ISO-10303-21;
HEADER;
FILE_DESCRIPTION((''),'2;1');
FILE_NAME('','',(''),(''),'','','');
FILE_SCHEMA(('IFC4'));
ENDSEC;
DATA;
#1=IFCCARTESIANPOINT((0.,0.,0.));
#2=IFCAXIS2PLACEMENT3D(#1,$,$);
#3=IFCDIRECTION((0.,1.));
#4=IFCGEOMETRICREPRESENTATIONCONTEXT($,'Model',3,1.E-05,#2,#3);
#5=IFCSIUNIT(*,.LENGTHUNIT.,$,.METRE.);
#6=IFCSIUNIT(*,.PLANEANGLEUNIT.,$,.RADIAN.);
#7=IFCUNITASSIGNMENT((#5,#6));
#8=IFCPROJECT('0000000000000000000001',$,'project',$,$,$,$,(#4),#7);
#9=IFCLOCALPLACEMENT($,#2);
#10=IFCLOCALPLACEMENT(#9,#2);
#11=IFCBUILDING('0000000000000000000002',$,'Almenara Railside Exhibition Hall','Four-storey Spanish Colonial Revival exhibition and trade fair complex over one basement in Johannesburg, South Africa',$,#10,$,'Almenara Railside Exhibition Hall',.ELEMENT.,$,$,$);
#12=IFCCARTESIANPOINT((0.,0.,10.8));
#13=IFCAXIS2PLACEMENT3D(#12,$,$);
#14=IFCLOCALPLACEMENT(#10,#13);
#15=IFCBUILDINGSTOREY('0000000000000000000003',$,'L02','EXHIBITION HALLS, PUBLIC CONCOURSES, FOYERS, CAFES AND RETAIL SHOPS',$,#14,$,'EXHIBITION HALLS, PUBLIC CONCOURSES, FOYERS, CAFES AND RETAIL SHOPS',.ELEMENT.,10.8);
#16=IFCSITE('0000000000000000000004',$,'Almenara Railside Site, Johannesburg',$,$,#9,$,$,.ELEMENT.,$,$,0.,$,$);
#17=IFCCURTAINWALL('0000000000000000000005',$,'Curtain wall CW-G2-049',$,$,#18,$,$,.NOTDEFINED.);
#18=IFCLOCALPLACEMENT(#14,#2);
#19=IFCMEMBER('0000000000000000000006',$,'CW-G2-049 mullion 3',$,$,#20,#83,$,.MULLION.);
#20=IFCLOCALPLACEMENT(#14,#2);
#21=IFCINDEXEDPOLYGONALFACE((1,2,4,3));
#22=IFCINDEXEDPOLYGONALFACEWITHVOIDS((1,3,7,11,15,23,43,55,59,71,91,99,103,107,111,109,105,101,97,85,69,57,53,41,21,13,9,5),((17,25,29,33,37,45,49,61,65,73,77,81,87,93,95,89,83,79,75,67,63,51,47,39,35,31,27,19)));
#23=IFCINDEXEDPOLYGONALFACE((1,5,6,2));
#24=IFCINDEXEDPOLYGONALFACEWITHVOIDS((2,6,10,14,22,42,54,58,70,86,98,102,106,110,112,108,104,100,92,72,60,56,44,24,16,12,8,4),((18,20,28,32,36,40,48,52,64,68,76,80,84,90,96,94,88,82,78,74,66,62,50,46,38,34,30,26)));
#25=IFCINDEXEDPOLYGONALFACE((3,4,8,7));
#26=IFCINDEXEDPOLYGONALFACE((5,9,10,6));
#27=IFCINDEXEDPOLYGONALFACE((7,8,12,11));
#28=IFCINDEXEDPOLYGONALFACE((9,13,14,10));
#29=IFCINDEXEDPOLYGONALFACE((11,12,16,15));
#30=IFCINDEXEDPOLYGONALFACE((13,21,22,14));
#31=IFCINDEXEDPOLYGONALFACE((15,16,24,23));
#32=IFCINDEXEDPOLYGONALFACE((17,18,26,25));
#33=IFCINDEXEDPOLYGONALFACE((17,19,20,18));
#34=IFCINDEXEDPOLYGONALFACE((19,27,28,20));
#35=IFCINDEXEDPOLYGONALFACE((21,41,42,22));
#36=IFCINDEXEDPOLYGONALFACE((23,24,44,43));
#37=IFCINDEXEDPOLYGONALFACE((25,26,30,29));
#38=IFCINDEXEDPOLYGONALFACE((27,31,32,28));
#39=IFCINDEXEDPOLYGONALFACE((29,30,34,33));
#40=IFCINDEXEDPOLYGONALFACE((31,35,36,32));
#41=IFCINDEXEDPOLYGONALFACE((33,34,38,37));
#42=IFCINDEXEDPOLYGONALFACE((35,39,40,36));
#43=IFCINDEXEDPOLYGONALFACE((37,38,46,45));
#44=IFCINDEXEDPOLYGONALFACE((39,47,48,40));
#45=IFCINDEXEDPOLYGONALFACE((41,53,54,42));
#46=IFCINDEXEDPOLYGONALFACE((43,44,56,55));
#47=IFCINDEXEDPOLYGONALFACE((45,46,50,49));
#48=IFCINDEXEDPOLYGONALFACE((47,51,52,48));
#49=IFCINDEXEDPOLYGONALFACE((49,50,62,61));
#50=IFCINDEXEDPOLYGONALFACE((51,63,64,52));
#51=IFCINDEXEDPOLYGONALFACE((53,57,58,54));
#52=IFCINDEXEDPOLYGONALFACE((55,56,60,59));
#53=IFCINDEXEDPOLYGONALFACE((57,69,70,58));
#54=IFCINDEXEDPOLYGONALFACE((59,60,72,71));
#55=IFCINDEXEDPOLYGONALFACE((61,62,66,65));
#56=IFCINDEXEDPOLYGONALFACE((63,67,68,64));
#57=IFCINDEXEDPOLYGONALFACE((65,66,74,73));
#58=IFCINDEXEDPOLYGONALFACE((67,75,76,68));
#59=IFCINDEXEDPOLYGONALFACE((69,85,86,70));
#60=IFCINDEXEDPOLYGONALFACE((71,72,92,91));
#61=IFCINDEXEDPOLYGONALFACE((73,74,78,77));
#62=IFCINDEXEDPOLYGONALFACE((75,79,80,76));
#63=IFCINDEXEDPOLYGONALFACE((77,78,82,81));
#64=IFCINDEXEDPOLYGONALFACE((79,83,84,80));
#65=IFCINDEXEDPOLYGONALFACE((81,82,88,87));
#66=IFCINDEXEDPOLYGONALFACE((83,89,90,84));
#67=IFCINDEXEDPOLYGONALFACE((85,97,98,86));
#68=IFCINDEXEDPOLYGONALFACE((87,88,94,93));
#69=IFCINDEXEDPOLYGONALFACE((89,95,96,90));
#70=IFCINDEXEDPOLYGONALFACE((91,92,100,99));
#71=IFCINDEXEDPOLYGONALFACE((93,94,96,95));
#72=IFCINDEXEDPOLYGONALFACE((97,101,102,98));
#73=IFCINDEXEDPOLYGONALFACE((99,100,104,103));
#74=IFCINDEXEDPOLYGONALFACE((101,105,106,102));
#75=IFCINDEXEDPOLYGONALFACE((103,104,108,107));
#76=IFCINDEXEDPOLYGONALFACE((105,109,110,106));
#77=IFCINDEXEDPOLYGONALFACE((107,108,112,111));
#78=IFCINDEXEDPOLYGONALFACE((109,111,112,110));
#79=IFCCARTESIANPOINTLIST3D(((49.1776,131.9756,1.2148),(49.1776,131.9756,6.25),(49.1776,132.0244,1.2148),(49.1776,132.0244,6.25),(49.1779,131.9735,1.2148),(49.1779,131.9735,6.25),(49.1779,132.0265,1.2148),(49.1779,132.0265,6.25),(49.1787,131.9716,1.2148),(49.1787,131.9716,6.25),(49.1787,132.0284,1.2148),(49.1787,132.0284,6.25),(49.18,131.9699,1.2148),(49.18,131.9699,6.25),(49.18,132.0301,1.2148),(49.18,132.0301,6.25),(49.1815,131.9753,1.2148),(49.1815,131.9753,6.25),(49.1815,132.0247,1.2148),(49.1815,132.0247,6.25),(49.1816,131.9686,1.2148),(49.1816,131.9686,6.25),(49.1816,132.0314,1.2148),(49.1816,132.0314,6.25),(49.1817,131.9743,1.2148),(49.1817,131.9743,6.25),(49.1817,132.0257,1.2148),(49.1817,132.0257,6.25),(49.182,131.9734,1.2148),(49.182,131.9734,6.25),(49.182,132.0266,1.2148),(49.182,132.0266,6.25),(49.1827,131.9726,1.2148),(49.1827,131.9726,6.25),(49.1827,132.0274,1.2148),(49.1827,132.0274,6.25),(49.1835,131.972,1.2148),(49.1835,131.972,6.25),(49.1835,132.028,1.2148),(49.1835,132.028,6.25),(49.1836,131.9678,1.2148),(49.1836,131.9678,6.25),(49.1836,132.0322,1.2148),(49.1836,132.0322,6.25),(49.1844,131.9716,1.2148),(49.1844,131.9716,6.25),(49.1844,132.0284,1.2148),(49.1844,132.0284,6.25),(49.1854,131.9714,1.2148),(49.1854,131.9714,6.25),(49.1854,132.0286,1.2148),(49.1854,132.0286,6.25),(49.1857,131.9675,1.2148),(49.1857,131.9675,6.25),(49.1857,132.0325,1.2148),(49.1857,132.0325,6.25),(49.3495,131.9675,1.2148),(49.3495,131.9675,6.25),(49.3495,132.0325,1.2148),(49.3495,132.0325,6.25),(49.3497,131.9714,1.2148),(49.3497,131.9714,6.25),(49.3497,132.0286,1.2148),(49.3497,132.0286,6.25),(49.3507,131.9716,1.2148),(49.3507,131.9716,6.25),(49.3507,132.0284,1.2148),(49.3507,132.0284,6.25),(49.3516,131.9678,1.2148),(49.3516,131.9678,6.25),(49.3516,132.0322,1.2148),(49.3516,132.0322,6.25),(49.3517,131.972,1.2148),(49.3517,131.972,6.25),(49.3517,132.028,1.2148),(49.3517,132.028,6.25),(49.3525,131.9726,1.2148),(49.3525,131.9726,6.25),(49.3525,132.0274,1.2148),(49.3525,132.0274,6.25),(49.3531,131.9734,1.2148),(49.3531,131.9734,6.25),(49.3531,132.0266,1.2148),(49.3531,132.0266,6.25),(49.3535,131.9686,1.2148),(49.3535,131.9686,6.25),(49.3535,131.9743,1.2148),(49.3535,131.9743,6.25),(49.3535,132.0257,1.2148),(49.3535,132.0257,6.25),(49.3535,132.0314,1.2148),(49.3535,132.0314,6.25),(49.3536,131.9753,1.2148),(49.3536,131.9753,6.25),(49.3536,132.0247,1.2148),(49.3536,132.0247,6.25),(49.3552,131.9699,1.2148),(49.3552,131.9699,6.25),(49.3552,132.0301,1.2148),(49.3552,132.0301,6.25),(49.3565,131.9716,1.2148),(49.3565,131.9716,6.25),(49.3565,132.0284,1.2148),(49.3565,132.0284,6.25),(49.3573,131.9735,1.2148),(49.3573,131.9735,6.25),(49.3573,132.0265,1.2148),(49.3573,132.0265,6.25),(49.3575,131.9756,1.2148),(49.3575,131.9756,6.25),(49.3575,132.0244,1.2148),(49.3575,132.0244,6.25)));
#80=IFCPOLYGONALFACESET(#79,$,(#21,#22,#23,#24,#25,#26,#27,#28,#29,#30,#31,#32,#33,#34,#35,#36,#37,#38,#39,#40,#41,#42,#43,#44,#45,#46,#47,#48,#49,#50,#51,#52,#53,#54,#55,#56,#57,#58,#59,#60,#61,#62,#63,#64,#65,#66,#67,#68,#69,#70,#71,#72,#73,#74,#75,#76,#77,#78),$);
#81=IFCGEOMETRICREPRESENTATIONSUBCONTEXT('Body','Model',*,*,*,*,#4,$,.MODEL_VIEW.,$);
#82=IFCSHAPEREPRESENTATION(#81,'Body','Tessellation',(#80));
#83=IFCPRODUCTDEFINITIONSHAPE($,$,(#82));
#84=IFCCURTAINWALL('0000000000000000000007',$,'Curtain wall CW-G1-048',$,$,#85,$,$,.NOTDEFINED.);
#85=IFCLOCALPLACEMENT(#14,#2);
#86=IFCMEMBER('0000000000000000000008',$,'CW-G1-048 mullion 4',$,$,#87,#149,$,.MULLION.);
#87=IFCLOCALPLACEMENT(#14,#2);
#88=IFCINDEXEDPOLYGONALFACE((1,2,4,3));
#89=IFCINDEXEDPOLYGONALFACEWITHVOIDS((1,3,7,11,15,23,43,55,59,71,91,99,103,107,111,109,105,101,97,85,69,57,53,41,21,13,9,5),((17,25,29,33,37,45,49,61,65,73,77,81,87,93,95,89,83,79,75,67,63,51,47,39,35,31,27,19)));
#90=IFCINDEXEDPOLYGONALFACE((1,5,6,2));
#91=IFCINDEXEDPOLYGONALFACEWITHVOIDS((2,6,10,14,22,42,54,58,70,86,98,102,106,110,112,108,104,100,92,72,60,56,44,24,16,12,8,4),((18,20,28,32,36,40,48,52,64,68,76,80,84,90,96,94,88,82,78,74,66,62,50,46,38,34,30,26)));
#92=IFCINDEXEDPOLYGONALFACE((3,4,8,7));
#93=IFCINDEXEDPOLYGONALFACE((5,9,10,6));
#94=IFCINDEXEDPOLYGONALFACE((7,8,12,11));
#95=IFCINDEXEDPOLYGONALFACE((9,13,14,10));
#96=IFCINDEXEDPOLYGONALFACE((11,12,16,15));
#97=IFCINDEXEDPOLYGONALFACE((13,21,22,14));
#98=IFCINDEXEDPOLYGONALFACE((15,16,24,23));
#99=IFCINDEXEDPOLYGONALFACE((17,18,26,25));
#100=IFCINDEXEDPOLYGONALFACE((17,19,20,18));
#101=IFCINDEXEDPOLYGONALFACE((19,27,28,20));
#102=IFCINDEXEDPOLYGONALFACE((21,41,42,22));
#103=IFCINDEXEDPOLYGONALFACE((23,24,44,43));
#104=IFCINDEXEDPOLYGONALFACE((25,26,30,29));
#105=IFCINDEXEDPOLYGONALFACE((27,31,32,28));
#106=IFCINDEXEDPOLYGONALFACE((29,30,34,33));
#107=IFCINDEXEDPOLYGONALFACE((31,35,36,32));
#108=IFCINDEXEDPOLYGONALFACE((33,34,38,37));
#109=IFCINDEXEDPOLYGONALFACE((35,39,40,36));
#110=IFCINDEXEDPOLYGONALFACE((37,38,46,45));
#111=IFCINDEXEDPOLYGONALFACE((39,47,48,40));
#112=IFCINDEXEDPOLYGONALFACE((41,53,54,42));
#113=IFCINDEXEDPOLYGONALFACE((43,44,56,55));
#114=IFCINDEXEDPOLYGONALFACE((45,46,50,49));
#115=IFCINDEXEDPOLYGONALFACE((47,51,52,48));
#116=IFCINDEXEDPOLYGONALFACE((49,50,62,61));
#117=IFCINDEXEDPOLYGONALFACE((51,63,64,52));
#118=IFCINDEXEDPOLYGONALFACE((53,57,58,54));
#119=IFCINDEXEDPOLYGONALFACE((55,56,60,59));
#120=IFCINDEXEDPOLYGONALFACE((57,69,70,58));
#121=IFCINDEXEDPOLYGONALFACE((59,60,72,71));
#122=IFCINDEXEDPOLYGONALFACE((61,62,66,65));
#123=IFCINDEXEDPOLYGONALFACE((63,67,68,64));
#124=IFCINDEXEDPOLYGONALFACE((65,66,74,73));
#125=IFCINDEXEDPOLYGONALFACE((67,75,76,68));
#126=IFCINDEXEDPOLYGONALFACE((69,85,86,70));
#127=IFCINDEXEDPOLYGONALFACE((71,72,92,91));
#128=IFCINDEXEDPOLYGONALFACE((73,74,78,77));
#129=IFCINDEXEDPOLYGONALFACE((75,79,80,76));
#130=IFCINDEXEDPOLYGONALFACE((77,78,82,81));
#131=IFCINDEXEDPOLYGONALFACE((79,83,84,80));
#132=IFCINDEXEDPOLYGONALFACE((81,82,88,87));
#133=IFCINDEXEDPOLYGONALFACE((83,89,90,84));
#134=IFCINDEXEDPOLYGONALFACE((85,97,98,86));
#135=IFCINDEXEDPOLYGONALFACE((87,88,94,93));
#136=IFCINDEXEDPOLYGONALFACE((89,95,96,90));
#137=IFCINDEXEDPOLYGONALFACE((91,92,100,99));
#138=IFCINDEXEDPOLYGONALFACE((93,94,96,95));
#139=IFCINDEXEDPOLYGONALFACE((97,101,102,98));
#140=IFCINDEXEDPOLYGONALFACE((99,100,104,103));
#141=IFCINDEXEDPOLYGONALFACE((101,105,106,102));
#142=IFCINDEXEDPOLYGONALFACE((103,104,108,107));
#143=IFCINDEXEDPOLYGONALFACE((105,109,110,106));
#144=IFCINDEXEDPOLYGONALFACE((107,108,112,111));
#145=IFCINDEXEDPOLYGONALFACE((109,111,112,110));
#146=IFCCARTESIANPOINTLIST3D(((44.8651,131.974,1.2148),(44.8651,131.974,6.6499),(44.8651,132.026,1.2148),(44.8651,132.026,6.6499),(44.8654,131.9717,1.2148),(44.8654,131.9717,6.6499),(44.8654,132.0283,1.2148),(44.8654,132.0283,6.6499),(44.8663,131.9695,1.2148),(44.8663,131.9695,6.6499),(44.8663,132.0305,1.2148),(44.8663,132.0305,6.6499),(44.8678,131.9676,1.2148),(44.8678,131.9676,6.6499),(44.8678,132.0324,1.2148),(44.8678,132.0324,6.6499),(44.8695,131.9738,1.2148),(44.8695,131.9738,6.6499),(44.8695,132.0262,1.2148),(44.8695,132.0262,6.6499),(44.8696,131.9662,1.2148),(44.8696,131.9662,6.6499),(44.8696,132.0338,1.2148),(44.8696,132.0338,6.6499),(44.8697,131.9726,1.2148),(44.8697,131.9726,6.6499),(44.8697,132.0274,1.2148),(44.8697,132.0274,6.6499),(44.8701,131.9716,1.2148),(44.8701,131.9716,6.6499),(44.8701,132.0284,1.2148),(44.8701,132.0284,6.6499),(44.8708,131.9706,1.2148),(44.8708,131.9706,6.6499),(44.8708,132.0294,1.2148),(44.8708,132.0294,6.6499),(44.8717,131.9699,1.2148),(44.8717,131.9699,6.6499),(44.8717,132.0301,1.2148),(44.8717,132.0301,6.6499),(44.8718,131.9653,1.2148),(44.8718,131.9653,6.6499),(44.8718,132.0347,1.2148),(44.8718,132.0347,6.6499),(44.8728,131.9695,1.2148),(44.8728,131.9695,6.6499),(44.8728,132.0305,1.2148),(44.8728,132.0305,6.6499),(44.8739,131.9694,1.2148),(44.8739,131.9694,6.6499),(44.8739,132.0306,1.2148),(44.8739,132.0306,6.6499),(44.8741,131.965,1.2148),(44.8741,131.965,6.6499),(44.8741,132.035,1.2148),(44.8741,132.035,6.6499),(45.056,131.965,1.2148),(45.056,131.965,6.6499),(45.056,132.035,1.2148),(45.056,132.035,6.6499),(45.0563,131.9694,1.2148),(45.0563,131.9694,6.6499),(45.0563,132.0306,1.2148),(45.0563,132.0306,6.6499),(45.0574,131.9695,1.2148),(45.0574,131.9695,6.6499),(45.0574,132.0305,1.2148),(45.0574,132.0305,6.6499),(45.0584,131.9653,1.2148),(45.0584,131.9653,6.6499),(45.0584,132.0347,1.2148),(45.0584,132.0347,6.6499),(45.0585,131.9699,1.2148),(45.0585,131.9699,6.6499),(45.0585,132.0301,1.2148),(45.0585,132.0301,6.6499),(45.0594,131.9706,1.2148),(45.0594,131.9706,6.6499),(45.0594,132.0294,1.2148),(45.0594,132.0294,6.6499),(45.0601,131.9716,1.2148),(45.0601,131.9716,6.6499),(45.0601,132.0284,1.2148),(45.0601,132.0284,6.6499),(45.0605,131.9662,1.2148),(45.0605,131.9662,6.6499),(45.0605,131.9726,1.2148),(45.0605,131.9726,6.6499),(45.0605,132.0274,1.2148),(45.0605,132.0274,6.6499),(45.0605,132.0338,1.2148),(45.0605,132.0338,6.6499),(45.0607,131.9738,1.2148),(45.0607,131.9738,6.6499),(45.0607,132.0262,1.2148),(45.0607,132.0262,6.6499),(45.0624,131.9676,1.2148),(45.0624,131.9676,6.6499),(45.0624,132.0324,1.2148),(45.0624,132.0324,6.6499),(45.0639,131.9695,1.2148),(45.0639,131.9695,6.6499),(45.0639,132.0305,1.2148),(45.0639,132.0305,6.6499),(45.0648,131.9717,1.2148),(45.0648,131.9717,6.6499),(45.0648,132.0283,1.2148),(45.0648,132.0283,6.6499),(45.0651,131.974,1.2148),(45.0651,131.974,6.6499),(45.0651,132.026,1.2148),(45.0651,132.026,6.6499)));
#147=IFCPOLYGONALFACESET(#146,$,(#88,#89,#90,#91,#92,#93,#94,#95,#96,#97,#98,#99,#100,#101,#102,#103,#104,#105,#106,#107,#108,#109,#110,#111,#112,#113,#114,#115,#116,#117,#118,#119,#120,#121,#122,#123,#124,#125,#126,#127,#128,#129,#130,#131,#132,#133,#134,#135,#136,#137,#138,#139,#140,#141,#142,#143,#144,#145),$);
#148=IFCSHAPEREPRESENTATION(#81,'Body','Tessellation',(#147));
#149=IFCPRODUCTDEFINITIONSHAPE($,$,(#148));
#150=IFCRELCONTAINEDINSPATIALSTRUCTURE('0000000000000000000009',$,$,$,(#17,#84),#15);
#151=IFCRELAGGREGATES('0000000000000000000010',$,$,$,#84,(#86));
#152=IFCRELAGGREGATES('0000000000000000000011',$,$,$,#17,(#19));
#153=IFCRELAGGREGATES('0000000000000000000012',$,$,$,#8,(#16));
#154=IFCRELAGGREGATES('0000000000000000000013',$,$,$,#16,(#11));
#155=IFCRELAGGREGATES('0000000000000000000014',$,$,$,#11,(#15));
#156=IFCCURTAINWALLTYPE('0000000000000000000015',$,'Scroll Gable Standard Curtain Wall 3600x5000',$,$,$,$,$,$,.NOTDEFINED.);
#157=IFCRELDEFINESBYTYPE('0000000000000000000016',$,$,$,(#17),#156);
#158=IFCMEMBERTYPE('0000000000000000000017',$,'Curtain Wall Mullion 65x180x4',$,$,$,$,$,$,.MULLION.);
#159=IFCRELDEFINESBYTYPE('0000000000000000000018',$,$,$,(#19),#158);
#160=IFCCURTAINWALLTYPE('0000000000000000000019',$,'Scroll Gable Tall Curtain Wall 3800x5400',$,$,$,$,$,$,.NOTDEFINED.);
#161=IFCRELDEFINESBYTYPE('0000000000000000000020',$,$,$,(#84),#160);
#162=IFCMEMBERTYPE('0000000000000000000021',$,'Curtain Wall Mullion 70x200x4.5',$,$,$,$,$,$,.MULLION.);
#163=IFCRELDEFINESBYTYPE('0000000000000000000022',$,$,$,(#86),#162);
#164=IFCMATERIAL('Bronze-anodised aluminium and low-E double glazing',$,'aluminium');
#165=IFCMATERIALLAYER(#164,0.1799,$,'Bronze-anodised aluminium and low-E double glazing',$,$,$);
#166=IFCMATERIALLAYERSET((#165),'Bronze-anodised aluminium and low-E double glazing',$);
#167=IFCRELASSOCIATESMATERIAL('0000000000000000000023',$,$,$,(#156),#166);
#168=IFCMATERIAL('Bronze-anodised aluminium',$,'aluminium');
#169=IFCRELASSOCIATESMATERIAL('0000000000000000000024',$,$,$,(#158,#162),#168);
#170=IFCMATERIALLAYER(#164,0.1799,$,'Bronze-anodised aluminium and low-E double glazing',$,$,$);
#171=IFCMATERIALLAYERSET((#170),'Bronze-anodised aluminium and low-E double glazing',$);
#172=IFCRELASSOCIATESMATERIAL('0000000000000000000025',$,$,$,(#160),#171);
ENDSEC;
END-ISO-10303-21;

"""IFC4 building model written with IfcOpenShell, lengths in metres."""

from ifc_helpers import new_model, si_unit, direction, frame, origin, origin_2d, place, context, subcontext, project, spatial, hollow_rectangle, extrude, material, layer, layer_set, material_profile, profile_set, type_object, element, aggregate, save


model = new_model("IFC4")

# Units and contexts
model_context = context("Model", 3, precision=1e-05, world=origin(), true_north=direction((0.0, 1.0)))
body_context = subcontext(model_context, "Body", "Model", "MODEL_VIEW")
ifc_project = project(units=[si_unit("LENGTHUNIT", "METRE"), si_unit("PLANEANGLEUNIT", "RADIAN")], contexts=[model_context])

# Site, building, storey
site_placement = place(None, origin())
site = spatial("IfcSite", under=ifc_project, at=site_placement, Name="Almenara Railside Site, Johannesburg", CompositionType="ELEMENT", RefElevation=0.0)
building_placement = place(site_placement, origin())
building = spatial("IfcBuilding", under=site, at=building_placement, Name="Almenara Railside Exhibition Hall", Description="Four-storey Spanish Colonial Revival exhibition and trade fair complex over one basement in Johannesburg, South Africa", LongName="Almenara Railside Exhibition Hall", CompositionType="ELEMENT")
storey_placement = place(building_placement, frame((0.0, 0.0, 10.8)))
storey = spatial("IfcBuildingStorey", under=building, at=storey_placement, Name="L02", Description="EXHIBITION HALLS, PUBLIC CONCOURSES, FOYERS, CAFES AND RETAIL SHOPS", LongName="EXHIBITION HALLS, PUBLIC CONCOURSES, FOYERS, CAFES AND RETAIL SHOPS", CompositionType="ELEMENT", Elevation=10.8)

# Curtain wall, member
ifc_material_1 = material(Name="Bronze-anodised aluminium and low-E double glazing", Category="aluminium")
ifc_layer_1 = layer(ifc_material_1, 0.1799, Name="Bronze-anodised aluminium and low-E double glazing")
ifc_layer_set_1 = layer_set([ifc_layer_1], Name="Bronze-anodised aluminium and low-E double glazing")
curtain_wall_type_1 = type_object("IfcCurtainWallType", Name="Scroll Gable Standard Curtain Wall 3600x5000", PredefinedType="NOTDEFINED", material=ifc_layer_set_1)
ifc_material_2 = material(Name="Bronze-anodised aluminium", Category="aluminium")
curtain_wall_1_placement = place(storey_placement, origin())
curtain_wall_1 = element("IfcCurtainWall", 1, at=curtain_wall_1_placement, inside=storey, type_object=curtain_wall_type_1, Name="Curtain wall CW-G2-049", PredefinedType="NOTDEFINED")
ifc_material_profile_1 = material_profile(ifc_material_2, hollow_rectangle(XDim=0.0649, YDim=0.1799, WallThickness=0.0039, InnerFilletRadius=0.0039, OuterFilletRadius=0.0081, at=origin_2d()), Name="ALU-MUL 65x180x4")
ifc_profile_set_1 = profile_set([ifc_material_profile_1], Name="Bronze-anodised aluminium")
member_type_1 = type_object("IfcMemberType", Name="Curtain Wall Mullion 65x180x4", PredefinedType="MULLION", material=ifc_profile_set_1)
member_1_placement = place(storey_placement, frame((49.2676, 132.0, 1.2148), z_axis=(0.0, 0.0, 1.0), x_axis=(0.0, 1.0, 0.0)))
member_1 = element("IfcMember", 2, at=member_1_placement, type_object=member_type_1, Name="CW-G2-049 mullion 3", PredefinedType="MULLION", context=body_context, shape_type="SweptSolid", body=[
    extrude(hollow_rectangle(XDim=0.0649, YDim=0.1799, WallThickness=0.0039, InnerFilletRadius=0.0039, OuterFilletRadius=0.0081, at=origin_2d()), origin(), (0.0, 0.0, 1.0), 5.0352),
])

# Curtain wall, member
ifc_layer_2 = layer(ifc_material_1, 0.1799, Name="Bronze-anodised aluminium and low-E double glazing")
ifc_layer_set_2 = layer_set([ifc_layer_2], Name="Bronze-anodised aluminium and low-E double glazing")
curtain_wall_type_2 = type_object("IfcCurtainWallType", Name="Scroll Gable Tall Curtain Wall 3800x5400", PredefinedType="NOTDEFINED", material=ifc_layer_set_2)
curtain_wall_2_placement = place(storey_placement, origin())
curtain_wall_2 = element("IfcCurtainWall", 3, at=curtain_wall_2_placement, inside=storey, type_object=curtain_wall_type_2, Name="Curtain wall CW-G1-048", PredefinedType="NOTDEFINED")
ifc_material_profile_2 = material_profile(ifc_material_2, hollow_rectangle(XDim=0.0701, YDim=0.2, WallThickness=0.0044, InnerFilletRadius=0.0044, OuterFilletRadius=0.009, at=origin_2d()), Name="ALU-MUL 70x200x4.5")
ifc_profile_set_2 = profile_set([ifc_material_profile_2], Name="Bronze-anodised aluminium")
member_type_2 = type_object("IfcMemberType", Name="Curtain Wall Mullion 70x200x4.5", PredefinedType="MULLION", material=ifc_profile_set_2)
member_2_placement = place(storey_placement, frame((44.9651, 132.0, 1.2148), z_axis=(0.0, 0.0, 1.0), x_axis=(0.0, 1.0, 0.0)))
member_2 = element("IfcMember", 4, at=member_2_placement, type_object=member_type_2, Name="CW-G1-048 mullion 4", PredefinedType="MULLION", context=body_context, shape_type="SweptSolid", body=[
    extrude(hollow_rectangle(XDim=0.0701, YDim=0.2, WallThickness=0.0044, InnerFilletRadius=0.0044, OuterFilletRadius=0.009, at=origin_2d()), origin(), (0.0, 0.0, 1.0), 5.4351),
])
aggregate(curtain_wall_2, [member_2])

aggregate(curtain_wall_1, [member_1])

save(model, "model.ifc")
